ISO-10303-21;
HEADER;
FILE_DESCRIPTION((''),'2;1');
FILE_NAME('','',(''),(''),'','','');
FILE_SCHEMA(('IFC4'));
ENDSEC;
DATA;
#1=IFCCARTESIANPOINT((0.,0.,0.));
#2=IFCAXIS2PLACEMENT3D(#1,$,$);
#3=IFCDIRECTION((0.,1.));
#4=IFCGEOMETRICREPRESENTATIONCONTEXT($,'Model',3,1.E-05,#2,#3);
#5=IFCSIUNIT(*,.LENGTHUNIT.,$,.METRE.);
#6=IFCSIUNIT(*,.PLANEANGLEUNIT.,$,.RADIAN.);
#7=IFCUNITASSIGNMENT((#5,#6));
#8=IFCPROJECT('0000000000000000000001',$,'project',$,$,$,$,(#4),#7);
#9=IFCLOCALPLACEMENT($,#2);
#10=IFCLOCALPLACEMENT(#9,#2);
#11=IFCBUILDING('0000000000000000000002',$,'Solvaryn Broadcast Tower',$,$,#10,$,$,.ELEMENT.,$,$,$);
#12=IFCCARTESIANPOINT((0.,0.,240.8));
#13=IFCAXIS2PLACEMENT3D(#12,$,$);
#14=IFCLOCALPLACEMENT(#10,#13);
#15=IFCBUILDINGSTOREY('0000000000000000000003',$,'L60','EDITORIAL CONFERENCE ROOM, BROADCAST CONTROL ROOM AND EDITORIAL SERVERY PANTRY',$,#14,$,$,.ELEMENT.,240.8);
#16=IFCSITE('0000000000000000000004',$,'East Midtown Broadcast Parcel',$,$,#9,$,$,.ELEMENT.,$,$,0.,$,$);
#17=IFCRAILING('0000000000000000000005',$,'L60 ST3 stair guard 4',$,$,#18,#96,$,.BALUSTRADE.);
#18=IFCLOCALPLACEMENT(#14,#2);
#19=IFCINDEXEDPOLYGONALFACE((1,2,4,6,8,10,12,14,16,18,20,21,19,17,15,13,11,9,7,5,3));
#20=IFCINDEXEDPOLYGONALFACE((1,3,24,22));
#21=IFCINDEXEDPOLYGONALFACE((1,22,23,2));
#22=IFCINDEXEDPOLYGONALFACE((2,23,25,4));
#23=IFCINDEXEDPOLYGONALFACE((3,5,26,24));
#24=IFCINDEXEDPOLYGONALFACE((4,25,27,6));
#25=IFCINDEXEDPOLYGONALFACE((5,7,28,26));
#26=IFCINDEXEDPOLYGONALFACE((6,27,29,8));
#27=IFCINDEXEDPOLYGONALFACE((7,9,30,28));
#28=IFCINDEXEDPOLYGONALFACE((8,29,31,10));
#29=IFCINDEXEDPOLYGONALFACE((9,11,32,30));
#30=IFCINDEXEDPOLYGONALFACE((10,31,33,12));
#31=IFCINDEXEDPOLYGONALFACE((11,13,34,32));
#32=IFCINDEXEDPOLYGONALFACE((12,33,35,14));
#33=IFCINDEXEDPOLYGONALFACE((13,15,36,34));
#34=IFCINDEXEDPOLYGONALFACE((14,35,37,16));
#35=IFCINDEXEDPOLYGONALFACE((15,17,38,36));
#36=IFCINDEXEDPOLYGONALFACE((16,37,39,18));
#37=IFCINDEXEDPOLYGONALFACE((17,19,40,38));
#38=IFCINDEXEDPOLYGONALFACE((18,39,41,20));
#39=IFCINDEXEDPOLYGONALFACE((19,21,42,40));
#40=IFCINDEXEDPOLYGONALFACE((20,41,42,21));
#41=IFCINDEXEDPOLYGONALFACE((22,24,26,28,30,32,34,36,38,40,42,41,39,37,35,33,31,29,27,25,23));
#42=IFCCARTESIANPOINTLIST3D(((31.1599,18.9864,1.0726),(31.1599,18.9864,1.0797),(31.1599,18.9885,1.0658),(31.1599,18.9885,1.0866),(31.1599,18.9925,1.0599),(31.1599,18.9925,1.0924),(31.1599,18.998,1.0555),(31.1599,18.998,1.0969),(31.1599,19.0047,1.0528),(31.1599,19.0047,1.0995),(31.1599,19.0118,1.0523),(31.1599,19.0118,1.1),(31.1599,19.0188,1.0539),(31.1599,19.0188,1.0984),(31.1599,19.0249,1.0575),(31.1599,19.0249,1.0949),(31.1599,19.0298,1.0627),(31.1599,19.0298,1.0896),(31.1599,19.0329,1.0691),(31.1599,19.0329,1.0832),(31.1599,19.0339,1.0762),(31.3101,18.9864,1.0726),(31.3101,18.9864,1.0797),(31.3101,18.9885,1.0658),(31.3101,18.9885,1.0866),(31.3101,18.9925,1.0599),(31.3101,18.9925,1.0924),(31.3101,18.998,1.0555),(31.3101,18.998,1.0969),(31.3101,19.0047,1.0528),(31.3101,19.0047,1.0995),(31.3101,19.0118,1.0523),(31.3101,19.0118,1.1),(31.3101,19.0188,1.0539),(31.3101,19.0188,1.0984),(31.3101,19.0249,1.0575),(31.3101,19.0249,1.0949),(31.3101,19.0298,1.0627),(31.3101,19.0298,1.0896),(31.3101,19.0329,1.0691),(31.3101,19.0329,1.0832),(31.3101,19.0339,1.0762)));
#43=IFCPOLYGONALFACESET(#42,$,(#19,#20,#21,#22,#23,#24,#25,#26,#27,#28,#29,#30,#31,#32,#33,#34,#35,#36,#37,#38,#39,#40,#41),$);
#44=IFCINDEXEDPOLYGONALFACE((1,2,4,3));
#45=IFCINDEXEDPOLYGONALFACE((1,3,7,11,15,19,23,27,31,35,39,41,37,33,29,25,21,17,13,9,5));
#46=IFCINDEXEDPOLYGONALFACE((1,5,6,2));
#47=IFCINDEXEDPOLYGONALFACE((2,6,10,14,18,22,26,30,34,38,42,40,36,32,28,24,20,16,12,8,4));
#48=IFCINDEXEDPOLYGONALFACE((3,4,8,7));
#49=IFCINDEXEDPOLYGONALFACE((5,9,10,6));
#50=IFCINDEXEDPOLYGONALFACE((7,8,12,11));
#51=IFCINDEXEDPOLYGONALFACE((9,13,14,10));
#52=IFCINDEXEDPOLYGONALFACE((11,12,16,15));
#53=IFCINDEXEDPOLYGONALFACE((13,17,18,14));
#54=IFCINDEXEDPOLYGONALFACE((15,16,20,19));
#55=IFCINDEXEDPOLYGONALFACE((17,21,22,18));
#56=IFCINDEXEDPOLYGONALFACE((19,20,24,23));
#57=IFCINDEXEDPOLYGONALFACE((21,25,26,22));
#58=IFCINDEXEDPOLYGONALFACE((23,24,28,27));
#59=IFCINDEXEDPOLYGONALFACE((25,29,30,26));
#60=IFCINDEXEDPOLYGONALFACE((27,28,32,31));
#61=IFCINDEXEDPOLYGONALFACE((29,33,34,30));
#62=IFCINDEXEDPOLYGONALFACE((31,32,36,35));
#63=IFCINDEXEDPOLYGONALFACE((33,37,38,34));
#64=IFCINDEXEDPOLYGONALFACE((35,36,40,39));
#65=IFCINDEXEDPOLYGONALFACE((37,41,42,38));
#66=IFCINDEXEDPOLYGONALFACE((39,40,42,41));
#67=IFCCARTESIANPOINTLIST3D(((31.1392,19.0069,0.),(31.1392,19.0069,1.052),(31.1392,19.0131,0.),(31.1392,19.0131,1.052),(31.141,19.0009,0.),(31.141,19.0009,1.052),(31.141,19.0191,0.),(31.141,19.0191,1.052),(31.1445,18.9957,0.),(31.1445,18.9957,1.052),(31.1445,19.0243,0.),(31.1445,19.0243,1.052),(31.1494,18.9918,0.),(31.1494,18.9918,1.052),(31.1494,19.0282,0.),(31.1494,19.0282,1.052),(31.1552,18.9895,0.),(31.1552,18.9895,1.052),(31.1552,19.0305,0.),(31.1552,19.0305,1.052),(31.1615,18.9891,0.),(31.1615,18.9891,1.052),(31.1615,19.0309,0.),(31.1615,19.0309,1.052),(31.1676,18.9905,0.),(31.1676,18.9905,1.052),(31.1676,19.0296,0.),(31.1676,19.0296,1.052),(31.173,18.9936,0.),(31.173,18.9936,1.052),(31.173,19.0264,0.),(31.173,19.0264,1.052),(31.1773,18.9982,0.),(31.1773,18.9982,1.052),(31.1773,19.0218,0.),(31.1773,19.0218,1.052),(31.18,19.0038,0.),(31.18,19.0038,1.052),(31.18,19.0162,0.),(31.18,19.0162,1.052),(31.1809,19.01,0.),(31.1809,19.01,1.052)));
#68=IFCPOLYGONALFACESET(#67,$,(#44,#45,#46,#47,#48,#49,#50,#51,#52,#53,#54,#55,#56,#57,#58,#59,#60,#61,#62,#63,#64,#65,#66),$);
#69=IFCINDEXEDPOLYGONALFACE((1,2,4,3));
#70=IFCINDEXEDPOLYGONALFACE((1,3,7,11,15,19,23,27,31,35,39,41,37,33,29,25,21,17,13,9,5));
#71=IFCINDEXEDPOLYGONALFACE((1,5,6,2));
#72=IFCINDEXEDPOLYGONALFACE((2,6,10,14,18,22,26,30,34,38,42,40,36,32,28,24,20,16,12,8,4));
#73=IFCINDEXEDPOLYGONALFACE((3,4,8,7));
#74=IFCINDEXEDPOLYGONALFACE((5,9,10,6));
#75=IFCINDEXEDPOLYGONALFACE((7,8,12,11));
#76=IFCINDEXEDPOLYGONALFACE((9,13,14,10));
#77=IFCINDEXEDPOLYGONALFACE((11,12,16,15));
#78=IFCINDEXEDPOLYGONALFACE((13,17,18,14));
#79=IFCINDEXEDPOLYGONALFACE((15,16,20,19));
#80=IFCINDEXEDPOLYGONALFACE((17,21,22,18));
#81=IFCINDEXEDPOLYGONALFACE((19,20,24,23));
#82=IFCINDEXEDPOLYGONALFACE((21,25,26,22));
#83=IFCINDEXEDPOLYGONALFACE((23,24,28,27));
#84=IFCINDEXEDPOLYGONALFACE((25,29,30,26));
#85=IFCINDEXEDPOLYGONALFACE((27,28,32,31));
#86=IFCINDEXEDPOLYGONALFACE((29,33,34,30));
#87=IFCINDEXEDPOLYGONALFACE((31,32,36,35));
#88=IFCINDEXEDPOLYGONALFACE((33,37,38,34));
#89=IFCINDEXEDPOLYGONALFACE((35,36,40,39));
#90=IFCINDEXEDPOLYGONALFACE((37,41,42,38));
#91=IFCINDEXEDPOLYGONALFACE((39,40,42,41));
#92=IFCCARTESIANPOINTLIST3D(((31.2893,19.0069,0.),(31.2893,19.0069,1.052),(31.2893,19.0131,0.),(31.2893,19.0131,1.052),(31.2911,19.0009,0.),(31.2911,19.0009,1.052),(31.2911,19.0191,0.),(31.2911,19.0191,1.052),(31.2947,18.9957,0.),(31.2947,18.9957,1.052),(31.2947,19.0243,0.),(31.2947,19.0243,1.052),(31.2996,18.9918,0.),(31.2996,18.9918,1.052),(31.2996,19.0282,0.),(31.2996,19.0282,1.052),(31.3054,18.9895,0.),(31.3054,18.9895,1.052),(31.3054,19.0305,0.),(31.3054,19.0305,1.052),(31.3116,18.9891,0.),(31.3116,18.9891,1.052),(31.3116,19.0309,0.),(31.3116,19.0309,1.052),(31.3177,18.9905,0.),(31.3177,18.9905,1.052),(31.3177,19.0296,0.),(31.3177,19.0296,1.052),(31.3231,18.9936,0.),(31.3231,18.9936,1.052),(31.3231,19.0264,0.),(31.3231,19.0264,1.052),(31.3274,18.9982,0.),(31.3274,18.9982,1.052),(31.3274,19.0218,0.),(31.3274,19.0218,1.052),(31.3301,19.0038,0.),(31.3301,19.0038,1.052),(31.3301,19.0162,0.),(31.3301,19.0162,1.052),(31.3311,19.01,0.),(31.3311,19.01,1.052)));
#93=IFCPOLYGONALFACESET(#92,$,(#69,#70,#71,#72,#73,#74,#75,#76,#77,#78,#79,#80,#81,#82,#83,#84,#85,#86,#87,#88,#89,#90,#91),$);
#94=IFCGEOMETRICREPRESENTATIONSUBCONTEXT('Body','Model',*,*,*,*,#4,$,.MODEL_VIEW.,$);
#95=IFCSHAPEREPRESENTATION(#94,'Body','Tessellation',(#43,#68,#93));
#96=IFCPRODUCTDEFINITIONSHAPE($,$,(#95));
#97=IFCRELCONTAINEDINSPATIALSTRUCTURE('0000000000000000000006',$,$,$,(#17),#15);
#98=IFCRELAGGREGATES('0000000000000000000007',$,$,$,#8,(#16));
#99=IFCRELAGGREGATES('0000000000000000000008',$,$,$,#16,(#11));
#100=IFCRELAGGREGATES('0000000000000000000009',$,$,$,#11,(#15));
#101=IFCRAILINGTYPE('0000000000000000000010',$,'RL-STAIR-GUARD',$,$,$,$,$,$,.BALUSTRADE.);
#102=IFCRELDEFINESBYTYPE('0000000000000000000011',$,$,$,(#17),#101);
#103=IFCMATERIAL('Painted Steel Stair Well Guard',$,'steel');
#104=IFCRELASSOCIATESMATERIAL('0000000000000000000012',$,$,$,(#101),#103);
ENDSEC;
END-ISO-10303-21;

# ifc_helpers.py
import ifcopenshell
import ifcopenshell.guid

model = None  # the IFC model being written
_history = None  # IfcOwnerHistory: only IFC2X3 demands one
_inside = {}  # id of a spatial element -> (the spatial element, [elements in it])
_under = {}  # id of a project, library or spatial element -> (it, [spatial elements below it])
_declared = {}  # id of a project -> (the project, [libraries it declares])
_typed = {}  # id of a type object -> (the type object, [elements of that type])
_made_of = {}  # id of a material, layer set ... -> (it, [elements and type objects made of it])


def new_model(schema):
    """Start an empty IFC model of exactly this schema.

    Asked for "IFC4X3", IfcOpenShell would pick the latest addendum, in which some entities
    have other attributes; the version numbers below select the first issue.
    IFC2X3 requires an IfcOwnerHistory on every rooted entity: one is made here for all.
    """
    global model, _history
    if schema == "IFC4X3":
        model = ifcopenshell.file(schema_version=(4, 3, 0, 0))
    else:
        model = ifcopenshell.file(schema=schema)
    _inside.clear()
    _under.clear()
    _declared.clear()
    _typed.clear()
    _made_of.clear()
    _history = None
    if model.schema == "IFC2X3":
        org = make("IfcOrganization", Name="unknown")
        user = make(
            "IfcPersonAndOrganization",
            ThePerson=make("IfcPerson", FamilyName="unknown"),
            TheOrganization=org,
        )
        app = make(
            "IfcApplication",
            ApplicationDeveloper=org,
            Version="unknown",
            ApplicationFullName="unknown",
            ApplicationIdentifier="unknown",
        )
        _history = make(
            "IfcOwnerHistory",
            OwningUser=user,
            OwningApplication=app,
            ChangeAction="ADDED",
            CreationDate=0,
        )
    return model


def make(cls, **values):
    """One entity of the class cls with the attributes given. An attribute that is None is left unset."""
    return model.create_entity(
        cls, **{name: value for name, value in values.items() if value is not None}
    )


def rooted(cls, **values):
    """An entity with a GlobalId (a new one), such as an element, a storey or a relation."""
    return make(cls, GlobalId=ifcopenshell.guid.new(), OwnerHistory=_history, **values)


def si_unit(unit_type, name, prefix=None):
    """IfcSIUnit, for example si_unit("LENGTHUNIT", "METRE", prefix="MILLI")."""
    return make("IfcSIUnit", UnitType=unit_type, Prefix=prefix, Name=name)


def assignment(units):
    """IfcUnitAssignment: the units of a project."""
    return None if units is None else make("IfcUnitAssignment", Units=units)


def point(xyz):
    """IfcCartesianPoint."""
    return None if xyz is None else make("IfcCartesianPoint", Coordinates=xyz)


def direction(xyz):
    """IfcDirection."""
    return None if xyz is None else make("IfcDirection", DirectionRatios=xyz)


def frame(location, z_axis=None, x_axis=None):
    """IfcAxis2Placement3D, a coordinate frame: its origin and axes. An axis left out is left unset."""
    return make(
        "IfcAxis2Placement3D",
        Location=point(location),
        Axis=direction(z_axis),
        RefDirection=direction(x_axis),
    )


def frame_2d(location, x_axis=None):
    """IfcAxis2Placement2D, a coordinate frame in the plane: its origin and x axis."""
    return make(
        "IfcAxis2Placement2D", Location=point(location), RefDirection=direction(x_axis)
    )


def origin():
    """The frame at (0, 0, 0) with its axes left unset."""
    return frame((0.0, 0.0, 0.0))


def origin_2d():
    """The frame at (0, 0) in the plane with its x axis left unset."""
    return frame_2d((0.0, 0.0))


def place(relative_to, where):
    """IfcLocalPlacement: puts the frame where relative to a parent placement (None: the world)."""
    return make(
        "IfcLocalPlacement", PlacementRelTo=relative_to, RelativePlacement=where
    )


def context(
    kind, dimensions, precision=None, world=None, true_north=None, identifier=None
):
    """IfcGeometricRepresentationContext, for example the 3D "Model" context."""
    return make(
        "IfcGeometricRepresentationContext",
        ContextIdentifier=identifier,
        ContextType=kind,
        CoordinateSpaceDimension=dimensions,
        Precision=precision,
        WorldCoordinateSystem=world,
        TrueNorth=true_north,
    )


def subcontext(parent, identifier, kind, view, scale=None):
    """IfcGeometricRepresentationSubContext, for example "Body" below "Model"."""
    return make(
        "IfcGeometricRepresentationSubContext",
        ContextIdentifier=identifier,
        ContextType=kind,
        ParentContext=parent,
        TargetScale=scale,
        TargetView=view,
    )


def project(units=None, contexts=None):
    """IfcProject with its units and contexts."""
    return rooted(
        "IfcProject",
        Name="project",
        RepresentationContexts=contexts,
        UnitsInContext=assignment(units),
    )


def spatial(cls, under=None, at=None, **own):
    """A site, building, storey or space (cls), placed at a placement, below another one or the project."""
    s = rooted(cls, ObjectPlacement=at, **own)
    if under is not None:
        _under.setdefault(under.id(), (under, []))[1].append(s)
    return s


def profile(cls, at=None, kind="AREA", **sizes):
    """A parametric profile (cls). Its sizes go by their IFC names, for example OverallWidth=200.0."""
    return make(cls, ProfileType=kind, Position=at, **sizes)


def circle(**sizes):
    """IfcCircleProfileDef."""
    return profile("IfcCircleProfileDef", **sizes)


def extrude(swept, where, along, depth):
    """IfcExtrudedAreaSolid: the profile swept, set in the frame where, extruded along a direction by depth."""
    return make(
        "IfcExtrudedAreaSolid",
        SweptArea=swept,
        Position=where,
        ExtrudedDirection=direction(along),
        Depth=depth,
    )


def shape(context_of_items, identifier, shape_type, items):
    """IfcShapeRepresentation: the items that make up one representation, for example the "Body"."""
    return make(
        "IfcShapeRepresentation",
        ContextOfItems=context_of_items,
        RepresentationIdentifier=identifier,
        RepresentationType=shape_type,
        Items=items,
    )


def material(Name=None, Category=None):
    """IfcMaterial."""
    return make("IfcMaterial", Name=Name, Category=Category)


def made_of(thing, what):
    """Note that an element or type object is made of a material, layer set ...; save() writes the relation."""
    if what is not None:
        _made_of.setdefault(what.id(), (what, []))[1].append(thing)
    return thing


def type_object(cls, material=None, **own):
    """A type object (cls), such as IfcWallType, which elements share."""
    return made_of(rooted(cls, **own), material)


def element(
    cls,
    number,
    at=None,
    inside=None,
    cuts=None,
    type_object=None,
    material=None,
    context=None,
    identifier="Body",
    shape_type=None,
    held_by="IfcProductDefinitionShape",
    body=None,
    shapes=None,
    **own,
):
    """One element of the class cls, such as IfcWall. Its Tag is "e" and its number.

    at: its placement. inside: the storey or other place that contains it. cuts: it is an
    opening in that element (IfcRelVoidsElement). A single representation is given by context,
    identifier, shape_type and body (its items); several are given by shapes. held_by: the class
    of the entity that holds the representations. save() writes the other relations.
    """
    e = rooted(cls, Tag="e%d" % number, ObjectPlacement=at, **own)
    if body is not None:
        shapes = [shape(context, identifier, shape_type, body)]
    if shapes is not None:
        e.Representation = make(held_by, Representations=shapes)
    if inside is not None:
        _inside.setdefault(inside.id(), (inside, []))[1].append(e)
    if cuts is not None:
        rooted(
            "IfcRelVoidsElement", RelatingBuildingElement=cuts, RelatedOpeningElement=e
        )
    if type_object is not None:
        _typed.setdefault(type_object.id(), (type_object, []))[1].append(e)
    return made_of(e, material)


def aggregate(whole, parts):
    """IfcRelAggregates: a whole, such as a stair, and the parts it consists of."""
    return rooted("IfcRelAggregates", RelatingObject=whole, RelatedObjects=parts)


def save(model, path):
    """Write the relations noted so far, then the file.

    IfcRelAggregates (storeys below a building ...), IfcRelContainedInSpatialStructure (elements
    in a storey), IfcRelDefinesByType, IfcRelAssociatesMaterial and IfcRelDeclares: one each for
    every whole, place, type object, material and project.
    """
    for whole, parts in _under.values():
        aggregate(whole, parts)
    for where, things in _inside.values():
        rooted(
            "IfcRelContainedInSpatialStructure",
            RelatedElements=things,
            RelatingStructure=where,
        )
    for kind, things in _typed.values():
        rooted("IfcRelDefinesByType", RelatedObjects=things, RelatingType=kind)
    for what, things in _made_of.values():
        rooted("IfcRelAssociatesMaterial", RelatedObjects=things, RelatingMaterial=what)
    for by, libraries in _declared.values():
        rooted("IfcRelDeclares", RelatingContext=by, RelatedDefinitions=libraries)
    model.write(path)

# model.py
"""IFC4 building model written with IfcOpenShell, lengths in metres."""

from ifc_helpers import new_model, si_unit, direction, frame, origin, origin_2d, place, context, subcontext, project, spatial, circle, extrude, material, type_object, element, save


model = new_model("IFC4")

# Units and contexts
model_context = context("Model", 3, precision=1e-05, world=origin(), true_north=direction((0.0, 1.0)))
body_context = subcontext(model_context, "Body", "Model", "MODEL_VIEW")
ifc_project = project(units=[si_unit("LENGTHUNIT", "METRE"), si_unit("PLANEANGLEUNIT", "RADIAN")], contexts=[model_context])

# Site, building, storey
site_placement = place(None, origin())
site = spatial("IfcSite", under=ifc_project, at=site_placement, Name="East Midtown Broadcast Parcel", CompositionType="ELEMENT", RefElevation=0.0)
building_placement = place(site_placement, origin())
building = spatial("IfcBuilding", under=site, at=building_placement, Name="Solvaryn Broadcast Tower", CompositionType="ELEMENT")
storey_placement = place(building_placement, frame((0.0, 0.0, 240.8)))
storey = spatial("IfcBuildingStorey", under=building, at=storey_placement, Name="L60", Description="EDITORIAL CONFERENCE ROOM, BROADCAST CONTROL ROOM AND EDITORIAL SERVERY PANTRY", CompositionType="ELEMENT", Elevation=240.8)

# Railing
ifc_material_1 = material(Name="Painted Steel Stair Well Guard", Category="steel")
railing_type_1 = type_object("IfcRailingType", Name="RL-STAIR-GUARD", PredefinedType="BALUSTRADE", material=ifc_material_1)
railing_1_placement = place(storey_placement, frame((31.1599, 19.01, 0.0)))
element("IfcRailing", 1, at=railing_1_placement, inside=storey, type_object=railing_type_1, Name="L60 ST3 stair guard 4", PredefinedType="BALUSTRADE", context=body_context, shape_type="SweptSolid", body=[
    extrude(circle(Radius=0.0239, at=origin_2d()), frame((0.0, 0.0, 1.0762), z_axis=(1.0, 0.0, 0.0), x_axis=(0.0, 1.0, 0.0)), (0.0, 0.0, 1.0), 0.1501),
    extrude(circle(Radius=0.021, at=origin_2d()), origin(), (0.0, 0.0, 1.0), 1.052),
    extrude(circle(Radius=0.021, at=origin_2d()), frame((0.1501, 0.0, 0.0)), (0.0, 0.0, 1.0), 1.052),
])

save(model, "model.ifc")
